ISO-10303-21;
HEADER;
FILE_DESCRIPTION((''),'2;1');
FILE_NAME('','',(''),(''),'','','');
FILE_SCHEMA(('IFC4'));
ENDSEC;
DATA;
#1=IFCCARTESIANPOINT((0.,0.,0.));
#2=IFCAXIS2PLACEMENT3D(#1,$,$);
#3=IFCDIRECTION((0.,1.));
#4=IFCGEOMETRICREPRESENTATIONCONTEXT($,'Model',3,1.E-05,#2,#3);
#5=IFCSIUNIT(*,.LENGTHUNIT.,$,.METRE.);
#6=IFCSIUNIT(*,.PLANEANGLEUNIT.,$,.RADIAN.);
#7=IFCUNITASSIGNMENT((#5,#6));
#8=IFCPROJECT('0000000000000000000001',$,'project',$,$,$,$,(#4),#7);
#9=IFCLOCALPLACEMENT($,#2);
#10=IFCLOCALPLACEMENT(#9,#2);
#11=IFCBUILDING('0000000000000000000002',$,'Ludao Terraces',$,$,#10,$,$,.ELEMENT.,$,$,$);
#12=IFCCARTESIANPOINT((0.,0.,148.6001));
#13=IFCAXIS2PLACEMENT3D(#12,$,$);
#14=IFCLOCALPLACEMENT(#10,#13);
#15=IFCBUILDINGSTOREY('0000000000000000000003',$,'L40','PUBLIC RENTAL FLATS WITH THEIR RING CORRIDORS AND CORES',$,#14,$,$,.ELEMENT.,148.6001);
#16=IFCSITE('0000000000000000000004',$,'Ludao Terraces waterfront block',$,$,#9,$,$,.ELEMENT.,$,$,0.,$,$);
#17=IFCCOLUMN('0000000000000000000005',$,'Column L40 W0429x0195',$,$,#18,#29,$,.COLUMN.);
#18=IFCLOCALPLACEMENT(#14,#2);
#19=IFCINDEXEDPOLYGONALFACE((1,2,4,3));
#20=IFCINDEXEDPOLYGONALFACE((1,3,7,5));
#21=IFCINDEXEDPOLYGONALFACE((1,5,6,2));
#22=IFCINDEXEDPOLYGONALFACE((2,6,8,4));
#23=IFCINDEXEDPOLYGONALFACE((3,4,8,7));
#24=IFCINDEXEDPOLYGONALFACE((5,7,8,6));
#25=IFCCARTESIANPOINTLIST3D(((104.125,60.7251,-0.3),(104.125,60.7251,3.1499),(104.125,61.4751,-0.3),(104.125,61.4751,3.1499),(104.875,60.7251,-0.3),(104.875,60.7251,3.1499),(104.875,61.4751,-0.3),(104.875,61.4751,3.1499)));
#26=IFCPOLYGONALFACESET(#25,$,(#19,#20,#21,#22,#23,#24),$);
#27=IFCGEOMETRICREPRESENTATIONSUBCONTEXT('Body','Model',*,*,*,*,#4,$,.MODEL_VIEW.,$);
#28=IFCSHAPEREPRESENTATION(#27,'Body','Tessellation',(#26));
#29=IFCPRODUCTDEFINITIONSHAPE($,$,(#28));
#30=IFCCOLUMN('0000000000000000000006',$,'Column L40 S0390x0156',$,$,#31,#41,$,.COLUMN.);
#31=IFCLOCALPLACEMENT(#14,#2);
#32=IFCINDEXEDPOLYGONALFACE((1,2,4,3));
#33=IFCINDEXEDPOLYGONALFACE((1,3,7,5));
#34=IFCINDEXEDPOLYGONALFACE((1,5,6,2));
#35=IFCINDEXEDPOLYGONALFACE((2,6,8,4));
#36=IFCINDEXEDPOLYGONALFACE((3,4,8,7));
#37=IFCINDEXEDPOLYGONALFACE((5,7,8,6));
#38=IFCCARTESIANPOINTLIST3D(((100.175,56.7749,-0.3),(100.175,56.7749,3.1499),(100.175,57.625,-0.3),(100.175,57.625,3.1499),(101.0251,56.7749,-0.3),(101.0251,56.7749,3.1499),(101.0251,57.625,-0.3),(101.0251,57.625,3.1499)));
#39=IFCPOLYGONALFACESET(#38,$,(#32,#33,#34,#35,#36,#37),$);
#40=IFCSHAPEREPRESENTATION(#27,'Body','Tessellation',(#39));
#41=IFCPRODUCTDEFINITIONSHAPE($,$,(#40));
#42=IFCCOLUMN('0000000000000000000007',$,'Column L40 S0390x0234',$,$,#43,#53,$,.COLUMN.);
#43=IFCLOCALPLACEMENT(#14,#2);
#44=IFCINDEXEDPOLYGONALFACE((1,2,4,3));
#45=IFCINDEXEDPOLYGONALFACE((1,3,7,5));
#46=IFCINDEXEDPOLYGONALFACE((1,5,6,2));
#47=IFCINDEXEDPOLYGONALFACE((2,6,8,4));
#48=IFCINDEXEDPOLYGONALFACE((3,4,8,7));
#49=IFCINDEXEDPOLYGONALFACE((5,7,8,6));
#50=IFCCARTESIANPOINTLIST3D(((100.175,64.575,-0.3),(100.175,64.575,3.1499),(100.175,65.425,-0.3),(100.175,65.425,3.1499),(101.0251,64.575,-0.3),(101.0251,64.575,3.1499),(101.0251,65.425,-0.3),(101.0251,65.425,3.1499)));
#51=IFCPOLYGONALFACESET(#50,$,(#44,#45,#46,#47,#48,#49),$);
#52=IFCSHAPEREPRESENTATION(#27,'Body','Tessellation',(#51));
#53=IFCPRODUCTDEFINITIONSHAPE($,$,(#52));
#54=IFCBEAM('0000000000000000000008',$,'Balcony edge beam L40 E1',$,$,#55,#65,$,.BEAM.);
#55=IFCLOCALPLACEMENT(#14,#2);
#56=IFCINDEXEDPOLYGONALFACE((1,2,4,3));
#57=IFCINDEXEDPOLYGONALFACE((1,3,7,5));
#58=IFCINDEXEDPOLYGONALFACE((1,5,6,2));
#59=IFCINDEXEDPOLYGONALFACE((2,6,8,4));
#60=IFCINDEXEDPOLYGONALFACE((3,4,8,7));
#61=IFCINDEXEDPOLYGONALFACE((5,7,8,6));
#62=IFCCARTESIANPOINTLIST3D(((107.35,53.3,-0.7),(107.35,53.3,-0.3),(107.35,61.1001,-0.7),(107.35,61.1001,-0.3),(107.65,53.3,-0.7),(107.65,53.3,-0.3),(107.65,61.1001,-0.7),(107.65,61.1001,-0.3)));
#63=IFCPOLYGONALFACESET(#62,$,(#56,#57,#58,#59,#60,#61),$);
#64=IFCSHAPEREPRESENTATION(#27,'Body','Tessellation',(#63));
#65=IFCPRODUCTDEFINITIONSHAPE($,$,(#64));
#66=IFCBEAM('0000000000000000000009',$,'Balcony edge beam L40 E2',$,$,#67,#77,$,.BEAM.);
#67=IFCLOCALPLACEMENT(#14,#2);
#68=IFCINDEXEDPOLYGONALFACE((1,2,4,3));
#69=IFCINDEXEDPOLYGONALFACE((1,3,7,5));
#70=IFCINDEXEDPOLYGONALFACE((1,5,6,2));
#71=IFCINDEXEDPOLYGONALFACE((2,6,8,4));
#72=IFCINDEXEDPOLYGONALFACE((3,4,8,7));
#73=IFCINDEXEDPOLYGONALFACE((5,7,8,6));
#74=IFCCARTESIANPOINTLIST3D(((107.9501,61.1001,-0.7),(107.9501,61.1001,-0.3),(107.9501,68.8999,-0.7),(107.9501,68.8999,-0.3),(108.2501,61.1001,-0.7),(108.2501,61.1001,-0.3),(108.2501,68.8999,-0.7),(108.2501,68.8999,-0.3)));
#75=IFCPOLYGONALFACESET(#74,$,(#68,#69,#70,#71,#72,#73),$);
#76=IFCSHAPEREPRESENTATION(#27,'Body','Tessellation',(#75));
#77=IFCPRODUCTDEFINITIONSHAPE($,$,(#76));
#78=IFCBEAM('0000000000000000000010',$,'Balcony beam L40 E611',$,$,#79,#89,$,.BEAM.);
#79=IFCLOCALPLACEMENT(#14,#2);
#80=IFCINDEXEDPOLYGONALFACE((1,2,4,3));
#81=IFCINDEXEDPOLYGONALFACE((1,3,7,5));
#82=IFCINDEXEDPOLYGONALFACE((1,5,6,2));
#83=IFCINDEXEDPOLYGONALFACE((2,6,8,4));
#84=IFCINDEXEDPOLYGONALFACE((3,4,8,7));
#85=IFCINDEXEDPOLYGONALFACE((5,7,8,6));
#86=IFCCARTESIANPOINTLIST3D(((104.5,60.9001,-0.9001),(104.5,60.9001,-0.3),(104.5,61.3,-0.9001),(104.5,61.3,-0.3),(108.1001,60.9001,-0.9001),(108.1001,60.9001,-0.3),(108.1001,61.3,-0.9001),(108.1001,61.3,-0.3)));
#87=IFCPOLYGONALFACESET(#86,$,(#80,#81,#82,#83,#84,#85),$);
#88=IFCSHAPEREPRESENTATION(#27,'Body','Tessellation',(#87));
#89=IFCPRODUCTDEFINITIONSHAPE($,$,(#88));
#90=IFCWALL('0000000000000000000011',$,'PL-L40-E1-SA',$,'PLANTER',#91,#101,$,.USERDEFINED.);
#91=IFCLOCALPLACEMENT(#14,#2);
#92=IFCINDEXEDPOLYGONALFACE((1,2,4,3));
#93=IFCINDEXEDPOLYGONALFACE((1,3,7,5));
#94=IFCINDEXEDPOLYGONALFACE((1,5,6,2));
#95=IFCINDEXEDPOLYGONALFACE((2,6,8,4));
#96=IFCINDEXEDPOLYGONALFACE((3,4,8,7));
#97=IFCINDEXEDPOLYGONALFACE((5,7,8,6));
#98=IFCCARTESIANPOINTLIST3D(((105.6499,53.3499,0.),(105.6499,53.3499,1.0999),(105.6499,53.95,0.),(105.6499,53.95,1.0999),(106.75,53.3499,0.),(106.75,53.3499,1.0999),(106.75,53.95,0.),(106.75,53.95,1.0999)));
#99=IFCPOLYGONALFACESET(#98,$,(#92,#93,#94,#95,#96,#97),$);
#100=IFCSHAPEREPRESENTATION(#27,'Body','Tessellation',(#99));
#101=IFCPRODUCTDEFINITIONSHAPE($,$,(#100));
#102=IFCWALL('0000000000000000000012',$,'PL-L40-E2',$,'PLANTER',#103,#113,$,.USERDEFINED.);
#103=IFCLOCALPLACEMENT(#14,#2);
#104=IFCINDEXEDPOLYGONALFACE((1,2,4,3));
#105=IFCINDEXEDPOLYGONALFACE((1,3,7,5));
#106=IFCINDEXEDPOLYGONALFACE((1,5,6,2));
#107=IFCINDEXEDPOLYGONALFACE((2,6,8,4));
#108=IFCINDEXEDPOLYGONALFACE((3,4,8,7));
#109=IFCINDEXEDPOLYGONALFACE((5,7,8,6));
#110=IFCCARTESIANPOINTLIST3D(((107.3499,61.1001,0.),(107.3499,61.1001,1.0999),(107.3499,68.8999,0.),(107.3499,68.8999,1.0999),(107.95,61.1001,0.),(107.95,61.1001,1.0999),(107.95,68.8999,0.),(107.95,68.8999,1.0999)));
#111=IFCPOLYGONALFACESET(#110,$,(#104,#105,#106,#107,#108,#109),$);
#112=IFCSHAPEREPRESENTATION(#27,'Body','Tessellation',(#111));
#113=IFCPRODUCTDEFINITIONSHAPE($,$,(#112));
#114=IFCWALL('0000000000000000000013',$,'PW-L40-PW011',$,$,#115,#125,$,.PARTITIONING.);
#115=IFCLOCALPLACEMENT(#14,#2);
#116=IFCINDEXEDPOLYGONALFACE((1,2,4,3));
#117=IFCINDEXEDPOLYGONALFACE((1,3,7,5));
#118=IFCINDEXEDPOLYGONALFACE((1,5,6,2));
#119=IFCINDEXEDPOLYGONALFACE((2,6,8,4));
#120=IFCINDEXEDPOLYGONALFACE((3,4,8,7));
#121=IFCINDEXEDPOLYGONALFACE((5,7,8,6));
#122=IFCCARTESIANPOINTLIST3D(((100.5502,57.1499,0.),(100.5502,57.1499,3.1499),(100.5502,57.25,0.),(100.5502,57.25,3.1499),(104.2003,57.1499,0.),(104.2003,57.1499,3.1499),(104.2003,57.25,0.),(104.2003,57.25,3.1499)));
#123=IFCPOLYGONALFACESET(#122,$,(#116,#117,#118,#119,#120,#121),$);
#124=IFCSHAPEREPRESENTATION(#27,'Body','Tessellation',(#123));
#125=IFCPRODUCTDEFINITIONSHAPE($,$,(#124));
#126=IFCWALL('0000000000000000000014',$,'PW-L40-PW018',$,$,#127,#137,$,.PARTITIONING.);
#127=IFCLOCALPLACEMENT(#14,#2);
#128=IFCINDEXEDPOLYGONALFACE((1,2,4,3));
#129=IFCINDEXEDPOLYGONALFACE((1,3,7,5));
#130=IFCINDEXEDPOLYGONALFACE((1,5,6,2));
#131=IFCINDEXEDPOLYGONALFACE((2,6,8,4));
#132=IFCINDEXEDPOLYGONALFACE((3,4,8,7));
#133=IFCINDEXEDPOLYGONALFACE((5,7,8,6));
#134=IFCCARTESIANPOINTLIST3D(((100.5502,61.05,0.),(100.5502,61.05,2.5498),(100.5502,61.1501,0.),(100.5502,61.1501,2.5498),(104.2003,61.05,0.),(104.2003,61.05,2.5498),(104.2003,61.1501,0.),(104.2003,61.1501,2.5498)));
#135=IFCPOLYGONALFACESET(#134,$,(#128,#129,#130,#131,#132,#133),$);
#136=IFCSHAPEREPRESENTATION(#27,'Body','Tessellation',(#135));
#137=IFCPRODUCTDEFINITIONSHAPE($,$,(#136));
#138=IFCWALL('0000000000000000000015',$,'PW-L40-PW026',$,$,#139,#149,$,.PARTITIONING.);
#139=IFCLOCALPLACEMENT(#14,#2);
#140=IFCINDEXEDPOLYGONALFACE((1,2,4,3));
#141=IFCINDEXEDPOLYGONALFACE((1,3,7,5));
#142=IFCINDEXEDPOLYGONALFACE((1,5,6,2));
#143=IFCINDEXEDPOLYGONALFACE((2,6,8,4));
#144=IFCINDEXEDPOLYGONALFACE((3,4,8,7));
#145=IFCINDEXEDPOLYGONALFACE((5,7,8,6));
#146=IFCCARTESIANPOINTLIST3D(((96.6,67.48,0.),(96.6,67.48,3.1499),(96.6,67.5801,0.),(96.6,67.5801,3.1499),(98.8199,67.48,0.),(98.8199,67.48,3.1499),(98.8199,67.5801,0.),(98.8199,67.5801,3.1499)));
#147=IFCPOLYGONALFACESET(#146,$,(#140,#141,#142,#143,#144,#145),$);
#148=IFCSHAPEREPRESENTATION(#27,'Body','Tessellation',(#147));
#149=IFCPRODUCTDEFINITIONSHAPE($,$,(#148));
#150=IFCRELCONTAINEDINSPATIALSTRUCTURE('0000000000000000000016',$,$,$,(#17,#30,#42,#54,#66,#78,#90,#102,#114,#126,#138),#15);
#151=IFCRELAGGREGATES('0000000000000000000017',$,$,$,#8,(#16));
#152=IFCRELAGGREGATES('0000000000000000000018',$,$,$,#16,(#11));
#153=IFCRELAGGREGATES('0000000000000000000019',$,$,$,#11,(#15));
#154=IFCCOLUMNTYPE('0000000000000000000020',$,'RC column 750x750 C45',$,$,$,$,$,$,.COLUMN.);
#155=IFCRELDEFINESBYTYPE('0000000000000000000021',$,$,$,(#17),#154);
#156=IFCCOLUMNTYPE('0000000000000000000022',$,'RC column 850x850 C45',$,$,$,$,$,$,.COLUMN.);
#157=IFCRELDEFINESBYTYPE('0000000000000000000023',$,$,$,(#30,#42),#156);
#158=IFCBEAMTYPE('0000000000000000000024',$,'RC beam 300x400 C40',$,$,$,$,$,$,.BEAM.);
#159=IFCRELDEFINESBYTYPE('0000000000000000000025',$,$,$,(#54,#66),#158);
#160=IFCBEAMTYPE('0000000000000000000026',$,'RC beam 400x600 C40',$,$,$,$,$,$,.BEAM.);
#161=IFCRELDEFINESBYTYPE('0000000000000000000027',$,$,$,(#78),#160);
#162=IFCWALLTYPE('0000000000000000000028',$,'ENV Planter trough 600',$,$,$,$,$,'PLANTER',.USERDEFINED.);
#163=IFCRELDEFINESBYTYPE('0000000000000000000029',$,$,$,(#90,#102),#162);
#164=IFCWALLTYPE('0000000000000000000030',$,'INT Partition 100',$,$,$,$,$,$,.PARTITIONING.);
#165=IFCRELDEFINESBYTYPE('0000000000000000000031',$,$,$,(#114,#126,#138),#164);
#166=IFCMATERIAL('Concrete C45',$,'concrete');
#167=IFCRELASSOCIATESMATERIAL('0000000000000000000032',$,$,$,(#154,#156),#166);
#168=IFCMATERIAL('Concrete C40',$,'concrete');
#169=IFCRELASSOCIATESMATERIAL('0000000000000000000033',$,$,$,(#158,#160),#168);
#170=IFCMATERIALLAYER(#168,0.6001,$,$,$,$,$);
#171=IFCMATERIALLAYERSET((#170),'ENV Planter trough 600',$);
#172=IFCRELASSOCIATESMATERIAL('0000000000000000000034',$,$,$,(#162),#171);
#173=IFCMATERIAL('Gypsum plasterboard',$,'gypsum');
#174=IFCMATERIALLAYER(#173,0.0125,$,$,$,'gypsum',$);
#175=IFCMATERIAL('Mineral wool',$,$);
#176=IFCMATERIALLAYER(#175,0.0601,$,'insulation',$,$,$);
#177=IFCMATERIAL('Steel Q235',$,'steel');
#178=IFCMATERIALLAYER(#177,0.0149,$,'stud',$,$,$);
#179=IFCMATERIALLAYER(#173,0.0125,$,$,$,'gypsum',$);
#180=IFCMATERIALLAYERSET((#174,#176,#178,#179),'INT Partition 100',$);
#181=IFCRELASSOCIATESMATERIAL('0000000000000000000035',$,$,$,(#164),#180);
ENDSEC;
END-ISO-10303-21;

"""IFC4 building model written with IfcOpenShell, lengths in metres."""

from ifc_helpers import new_model, si_unit, direction, frame, frame_2d, origin, origin_2d, place, context, subcontext, project, spatial, rectangle, extrude, material, layer, layer_set, material_profile, profile_set, type_object, element, save


model = new_model("IFC4")

# Units and contexts
model_context = context("Model", 3, precision=1e-05, world=origin(), true_north=direction((0.0, 1.0)))
body_context = subcontext(model_context, "Body", "Model", "MODEL_VIEW")
ifc_project = project(units=[si_unit("LENGTHUNIT", "METRE"), si_unit("PLANEANGLEUNIT", "RADIAN")], contexts=[model_context])

# Site, building, storey
site_placement = place(None, origin())
site = spatial("IfcSite", under=ifc_project, at=site_placement, Name="Ludao Terraces waterfront block", CompositionType="ELEMENT", RefElevation=0.0)
building_placement = place(site_placement, origin())
building = spatial("IfcBuilding", under=site, at=building_placement, Name="Ludao Terraces", CompositionType="ELEMENT")
storey_placement = place(building_placement, frame((0.0, 0.0, 148.6001)))
storey = spatial("IfcBuildingStorey", under=building, at=storey_placement, Name="L40", Description="PUBLIC RENTAL FLATS WITH THEIR RING CORRIDORS AND CORES", CompositionType="ELEMENT", Elevation=148.6001)

# Columns
ifc_material_1 = material(Name="Concrete C45", Category="concrete")
ifc_material_profile_1 = material_profile(ifc_material_1, rectangle(XDim=0.75, YDim=0.75, at=origin_2d()), Name="750 X 750")
ifc_profile_set_1 = profile_set([ifc_material_profile_1], Name="Concrete C45")
column_type_1 = type_object("IfcColumnType", Name="RC column 750x750 C45", PredefinedType="COLUMN", material=ifc_profile_set_1)
column_placement = place(storey_placement, frame((104.5, 61.1001, -0.3), z_axis=(0.0, 0.0, 1.0), x_axis=(1.0, 0.0, 0.0)))
element("IfcColumn", 1, at=column_placement, inside=storey, type_object=column_type_1, Name="Column L40 W0429x0195", PredefinedType="COLUMN", context=body_context, shape_type="SweptSolid", body=[
    extrude(rectangle(XDim=0.75, YDim=0.75, at=origin_2d()), origin(), (0.0, 0.0, 1.0), 3.45),
])
ifc_material_profile_2 = material_profile(ifc_material_1, rectangle(XDim=0.8501, YDim=0.8501, at=origin_2d()), Name="850 X 850")
ifc_profile_set_2 = profile_set([ifc_material_profile_2], Name="Concrete C45")
column_type_2 = type_object("IfcColumnType", Name="RC column 850x850 C45", PredefinedType="COLUMN", material=ifc_profile_set_2)
for number, where, z_axis, x_axis, name in (
    (2, (100.6001, 57.2, -0.3), (0.0, 0.0, 1.0), (1.0, 0.0, 0.0), "Column L40 S0390x0156"),
    (3, (100.6001, 65.0, -0.3), (0.0, 0.0, 1.0), (1.0, 0.0, 0.0), "Column L40 S0390x0234"),
):
    element("IfcColumn", number, at=place(storey_placement, frame(where, z_axis=z_axis, x_axis=x_axis)), inside=storey, type_object=column_type_2, Name=name, PredefinedType="COLUMN", context=body_context, shape_type="SweptSolid", body=[
        extrude(rectangle(XDim=0.8501, YDim=0.8501, at=origin_2d()), origin(), (0.0, 0.0, 1.0), 3.45),
    ])

# Beams
ifc_material_2 = material(Name="Concrete C40", Category="concrete")
ifc_material_profile_3 = material_profile(ifc_material_2, rectangle(XDim=0.3, YDim=0.3999, at=origin_2d()), Name="300 X 400")
ifc_profile_set_3 = profile_set([ifc_material_profile_3], Name="Concrete C40")
beam_type_1 = type_object("IfcBeamType", Name="RC beam 300x400 C40", PredefinedType="BEAM", material=ifc_profile_set_3)
beam_1_placement = place(storey_placement, frame((107.5, 53.3, -0.5), z_axis=(0.0, 1.0, 0.0), x_axis=(-1.0, 0.0, 0.0)))
element("IfcBeam", 4, at=beam_1_placement, inside=storey, type_object=beam_type_1, Name="Balcony edge beam L40 E1", PredefinedType="BEAM", context=body_context, shape_type="SweptSolid", body=[
    extrude(rectangle(XDim=0.3, YDim=0.3999, at=origin_2d()), origin(), (0.0, 0.0, 1.0), 7.8),
])
beam_2_placement = place(storey_placement, frame((108.1001, 61.1001, -0.5), z_axis=(0.0, 1.0, 0.0), x_axis=(-1.0, 0.0, 0.0)))
element("IfcBeam", 5, at=beam_2_placement, inside=storey, type_object=beam_type_1, Name="Balcony edge beam L40 E2", PredefinedType="BEAM", context=body_context, shape_type="SweptSolid", body=[
    extrude(rectangle(XDim=0.3, YDim=0.3999, at=origin_2d()), origin(), (0.0, 0.0, 1.0), 7.7998),
])
ifc_material_profile_4 = material_profile(ifc_material_2, rectangle(XDim=0.3999, YDim=0.6001, at=origin_2d()), Name="400 X 600")
ifc_profile_set_4 = profile_set([ifc_material_profile_4], Name="Concrete C40")
beam_type_2 = type_object("IfcBeamType", Name="RC beam 400x600 C40", PredefinedType="BEAM", material=ifc_profile_set_4)
beam_3_placement = place(storey_placement, frame((104.5, 61.1001, -0.6001), z_axis=(1.0, 0.0, 0.0), x_axis=(0.0, 1.0, 0.0)))
element("IfcBeam", 6, at=beam_3_placement, inside=storey, type_object=beam_type_2, Name="Balcony beam L40 E611", PredefinedType="BEAM", context=body_context, shape_type="SweptSolid", body=[
    extrude(rectangle(XDim=0.3999, YDim=0.6001, at=origin_2d()), origin(), (0.0, 0.0, 1.0), 3.6001),
])

# Walls
ifc_layer_1 = layer(ifc_material_2, 0.6001)
ifc_layer_set_1 = layer_set([ifc_layer_1], Name="ENV Planter trough 600")
wall_type_1 = type_object("IfcWallType", Name="ENV Planter trough 600", ElementType="PLANTER", PredefinedType="USERDEFINED", material=ifc_layer_set_1)
wall_1_placement = place(storey_placement, frame((106.75, 53.6499, 0.0), z_axis=(0.0, 0.0, 1.0), x_axis=(-1.0, 0.0, 0.0)))
element("IfcWall", 7, at=wall_1_placement, inside=storey, type_object=wall_type_1, Name="PL-L40-E1-SA", ObjectType="PLANTER", PredefinedType="USERDEFINED", context=body_context, shape_type="SweptSolid", body=[
    extrude(rectangle(XDim=1.1001, YDim=0.6001, at=frame_2d((0.55, 0.0))), origin(), (0.0, 0.0, 1.0), 1.0999),
])
wall_2_placement = place(storey_placement, frame((107.6499, 61.1001, 0.0), z_axis=(0.0, 0.0, 1.0), x_axis=(0.0, 1.0, 0.0)))
element("IfcWall", 8, at=wall_2_placement, inside=storey, type_object=wall_type_1, Name="PL-L40-E2", ObjectType="PLANTER", PredefinedType="USERDEFINED", context=body_context, shape_type="SweptSolid", body=[
    extrude(rectangle(XDim=7.7998, YDim=0.6001, at=frame_2d((3.8999, 0.0))), origin(), (0.0, 0.0, 1.0), 1.0999),
])

# Shared definitions
ifc_material_3 = material(Name="Mineral wool")

# Walls
ifc_material_4 = material(Name="Gypsum plasterboard", Category="gypsum")
ifc_layer_2 = layer(ifc_material_4, 0.0125, Category="gypsum")
ifc_layer_3 = layer(ifc_material_3, 0.0601, Name="insulation")
ifc_material_5 = material(Name="Steel Q235", Category="steel")
ifc_layer_4 = layer(ifc_material_5, 0.0149, Name="stud")
ifc_layer_5 = layer(ifc_material_4, 0.0125, Category="gypsum")
ifc_layer_set_2 = layer_set([ifc_layer_2, ifc_layer_3, ifc_layer_4, ifc_layer_5], Name="INT Partition 100")
wall_type_2 = type_object("IfcWallType", Name="INT Partition 100", PredefinedType="PARTITIONING", material=ifc_layer_set_2)
wall_3_placement = place(storey_placement, frame((100.55, 57.2, 0.0), z_axis=(0.0, 0.0, 1.0), x_axis=(1.0, 0.0, 0.0)))
element("IfcWall", 9, at=wall_3_placement, inside=storey, type_object=wall_type_2, Name="PW-L40-PW011", PredefinedType="PARTITIONING", context=body_context, shape_type="SweptSolid", body=[
    extrude(rectangle(XDim=3.6501, YDim=0.1001, at=frame_2d((1.8252, 0.0))), origin(), (0.0, 0.0, 1.0), 3.1499),
])
wall_4_placement = place(storey_placement, frame((100.55, 61.1001, 0.0), z_axis=(0.0, 0.0, 1.0), x_axis=(1.0, 0.0, 0.0)))
element("IfcWall", 10, at=wall_4_placement, inside=storey, type_object=wall_type_2, Name="PW-L40-PW018", PredefinedType="PARTITIONING", context=body_context, shape_type="SweptSolid", body=[
    extrude(rectangle(XDim=3.6501, YDim=0.1001, at=frame_2d((1.8252, 0.0))), origin(), (0.0, 0.0, 1.0), 2.5498),
])
wall_5_placement = place(storey_placement, frame((96.6001, 67.53, 0.0), z_axis=(0.0, 0.0, 1.0), x_axis=(1.0, 0.0, 0.0)))
element("IfcWall", 11, at=wall_5_placement, inside=storey, type_object=wall_type_2, Name="PW-L40-PW026", PredefinedType="PARTITIONING", context=body_context, shape_type="SweptSolid", body=[
    extrude(rectangle(XDim=2.22, YDim=0.1001, at=frame_2d((1.1099, 0.0))), origin(), (0.0, 0.0, 1.0), 3.1499),
])

save(model, "model.ifc")
